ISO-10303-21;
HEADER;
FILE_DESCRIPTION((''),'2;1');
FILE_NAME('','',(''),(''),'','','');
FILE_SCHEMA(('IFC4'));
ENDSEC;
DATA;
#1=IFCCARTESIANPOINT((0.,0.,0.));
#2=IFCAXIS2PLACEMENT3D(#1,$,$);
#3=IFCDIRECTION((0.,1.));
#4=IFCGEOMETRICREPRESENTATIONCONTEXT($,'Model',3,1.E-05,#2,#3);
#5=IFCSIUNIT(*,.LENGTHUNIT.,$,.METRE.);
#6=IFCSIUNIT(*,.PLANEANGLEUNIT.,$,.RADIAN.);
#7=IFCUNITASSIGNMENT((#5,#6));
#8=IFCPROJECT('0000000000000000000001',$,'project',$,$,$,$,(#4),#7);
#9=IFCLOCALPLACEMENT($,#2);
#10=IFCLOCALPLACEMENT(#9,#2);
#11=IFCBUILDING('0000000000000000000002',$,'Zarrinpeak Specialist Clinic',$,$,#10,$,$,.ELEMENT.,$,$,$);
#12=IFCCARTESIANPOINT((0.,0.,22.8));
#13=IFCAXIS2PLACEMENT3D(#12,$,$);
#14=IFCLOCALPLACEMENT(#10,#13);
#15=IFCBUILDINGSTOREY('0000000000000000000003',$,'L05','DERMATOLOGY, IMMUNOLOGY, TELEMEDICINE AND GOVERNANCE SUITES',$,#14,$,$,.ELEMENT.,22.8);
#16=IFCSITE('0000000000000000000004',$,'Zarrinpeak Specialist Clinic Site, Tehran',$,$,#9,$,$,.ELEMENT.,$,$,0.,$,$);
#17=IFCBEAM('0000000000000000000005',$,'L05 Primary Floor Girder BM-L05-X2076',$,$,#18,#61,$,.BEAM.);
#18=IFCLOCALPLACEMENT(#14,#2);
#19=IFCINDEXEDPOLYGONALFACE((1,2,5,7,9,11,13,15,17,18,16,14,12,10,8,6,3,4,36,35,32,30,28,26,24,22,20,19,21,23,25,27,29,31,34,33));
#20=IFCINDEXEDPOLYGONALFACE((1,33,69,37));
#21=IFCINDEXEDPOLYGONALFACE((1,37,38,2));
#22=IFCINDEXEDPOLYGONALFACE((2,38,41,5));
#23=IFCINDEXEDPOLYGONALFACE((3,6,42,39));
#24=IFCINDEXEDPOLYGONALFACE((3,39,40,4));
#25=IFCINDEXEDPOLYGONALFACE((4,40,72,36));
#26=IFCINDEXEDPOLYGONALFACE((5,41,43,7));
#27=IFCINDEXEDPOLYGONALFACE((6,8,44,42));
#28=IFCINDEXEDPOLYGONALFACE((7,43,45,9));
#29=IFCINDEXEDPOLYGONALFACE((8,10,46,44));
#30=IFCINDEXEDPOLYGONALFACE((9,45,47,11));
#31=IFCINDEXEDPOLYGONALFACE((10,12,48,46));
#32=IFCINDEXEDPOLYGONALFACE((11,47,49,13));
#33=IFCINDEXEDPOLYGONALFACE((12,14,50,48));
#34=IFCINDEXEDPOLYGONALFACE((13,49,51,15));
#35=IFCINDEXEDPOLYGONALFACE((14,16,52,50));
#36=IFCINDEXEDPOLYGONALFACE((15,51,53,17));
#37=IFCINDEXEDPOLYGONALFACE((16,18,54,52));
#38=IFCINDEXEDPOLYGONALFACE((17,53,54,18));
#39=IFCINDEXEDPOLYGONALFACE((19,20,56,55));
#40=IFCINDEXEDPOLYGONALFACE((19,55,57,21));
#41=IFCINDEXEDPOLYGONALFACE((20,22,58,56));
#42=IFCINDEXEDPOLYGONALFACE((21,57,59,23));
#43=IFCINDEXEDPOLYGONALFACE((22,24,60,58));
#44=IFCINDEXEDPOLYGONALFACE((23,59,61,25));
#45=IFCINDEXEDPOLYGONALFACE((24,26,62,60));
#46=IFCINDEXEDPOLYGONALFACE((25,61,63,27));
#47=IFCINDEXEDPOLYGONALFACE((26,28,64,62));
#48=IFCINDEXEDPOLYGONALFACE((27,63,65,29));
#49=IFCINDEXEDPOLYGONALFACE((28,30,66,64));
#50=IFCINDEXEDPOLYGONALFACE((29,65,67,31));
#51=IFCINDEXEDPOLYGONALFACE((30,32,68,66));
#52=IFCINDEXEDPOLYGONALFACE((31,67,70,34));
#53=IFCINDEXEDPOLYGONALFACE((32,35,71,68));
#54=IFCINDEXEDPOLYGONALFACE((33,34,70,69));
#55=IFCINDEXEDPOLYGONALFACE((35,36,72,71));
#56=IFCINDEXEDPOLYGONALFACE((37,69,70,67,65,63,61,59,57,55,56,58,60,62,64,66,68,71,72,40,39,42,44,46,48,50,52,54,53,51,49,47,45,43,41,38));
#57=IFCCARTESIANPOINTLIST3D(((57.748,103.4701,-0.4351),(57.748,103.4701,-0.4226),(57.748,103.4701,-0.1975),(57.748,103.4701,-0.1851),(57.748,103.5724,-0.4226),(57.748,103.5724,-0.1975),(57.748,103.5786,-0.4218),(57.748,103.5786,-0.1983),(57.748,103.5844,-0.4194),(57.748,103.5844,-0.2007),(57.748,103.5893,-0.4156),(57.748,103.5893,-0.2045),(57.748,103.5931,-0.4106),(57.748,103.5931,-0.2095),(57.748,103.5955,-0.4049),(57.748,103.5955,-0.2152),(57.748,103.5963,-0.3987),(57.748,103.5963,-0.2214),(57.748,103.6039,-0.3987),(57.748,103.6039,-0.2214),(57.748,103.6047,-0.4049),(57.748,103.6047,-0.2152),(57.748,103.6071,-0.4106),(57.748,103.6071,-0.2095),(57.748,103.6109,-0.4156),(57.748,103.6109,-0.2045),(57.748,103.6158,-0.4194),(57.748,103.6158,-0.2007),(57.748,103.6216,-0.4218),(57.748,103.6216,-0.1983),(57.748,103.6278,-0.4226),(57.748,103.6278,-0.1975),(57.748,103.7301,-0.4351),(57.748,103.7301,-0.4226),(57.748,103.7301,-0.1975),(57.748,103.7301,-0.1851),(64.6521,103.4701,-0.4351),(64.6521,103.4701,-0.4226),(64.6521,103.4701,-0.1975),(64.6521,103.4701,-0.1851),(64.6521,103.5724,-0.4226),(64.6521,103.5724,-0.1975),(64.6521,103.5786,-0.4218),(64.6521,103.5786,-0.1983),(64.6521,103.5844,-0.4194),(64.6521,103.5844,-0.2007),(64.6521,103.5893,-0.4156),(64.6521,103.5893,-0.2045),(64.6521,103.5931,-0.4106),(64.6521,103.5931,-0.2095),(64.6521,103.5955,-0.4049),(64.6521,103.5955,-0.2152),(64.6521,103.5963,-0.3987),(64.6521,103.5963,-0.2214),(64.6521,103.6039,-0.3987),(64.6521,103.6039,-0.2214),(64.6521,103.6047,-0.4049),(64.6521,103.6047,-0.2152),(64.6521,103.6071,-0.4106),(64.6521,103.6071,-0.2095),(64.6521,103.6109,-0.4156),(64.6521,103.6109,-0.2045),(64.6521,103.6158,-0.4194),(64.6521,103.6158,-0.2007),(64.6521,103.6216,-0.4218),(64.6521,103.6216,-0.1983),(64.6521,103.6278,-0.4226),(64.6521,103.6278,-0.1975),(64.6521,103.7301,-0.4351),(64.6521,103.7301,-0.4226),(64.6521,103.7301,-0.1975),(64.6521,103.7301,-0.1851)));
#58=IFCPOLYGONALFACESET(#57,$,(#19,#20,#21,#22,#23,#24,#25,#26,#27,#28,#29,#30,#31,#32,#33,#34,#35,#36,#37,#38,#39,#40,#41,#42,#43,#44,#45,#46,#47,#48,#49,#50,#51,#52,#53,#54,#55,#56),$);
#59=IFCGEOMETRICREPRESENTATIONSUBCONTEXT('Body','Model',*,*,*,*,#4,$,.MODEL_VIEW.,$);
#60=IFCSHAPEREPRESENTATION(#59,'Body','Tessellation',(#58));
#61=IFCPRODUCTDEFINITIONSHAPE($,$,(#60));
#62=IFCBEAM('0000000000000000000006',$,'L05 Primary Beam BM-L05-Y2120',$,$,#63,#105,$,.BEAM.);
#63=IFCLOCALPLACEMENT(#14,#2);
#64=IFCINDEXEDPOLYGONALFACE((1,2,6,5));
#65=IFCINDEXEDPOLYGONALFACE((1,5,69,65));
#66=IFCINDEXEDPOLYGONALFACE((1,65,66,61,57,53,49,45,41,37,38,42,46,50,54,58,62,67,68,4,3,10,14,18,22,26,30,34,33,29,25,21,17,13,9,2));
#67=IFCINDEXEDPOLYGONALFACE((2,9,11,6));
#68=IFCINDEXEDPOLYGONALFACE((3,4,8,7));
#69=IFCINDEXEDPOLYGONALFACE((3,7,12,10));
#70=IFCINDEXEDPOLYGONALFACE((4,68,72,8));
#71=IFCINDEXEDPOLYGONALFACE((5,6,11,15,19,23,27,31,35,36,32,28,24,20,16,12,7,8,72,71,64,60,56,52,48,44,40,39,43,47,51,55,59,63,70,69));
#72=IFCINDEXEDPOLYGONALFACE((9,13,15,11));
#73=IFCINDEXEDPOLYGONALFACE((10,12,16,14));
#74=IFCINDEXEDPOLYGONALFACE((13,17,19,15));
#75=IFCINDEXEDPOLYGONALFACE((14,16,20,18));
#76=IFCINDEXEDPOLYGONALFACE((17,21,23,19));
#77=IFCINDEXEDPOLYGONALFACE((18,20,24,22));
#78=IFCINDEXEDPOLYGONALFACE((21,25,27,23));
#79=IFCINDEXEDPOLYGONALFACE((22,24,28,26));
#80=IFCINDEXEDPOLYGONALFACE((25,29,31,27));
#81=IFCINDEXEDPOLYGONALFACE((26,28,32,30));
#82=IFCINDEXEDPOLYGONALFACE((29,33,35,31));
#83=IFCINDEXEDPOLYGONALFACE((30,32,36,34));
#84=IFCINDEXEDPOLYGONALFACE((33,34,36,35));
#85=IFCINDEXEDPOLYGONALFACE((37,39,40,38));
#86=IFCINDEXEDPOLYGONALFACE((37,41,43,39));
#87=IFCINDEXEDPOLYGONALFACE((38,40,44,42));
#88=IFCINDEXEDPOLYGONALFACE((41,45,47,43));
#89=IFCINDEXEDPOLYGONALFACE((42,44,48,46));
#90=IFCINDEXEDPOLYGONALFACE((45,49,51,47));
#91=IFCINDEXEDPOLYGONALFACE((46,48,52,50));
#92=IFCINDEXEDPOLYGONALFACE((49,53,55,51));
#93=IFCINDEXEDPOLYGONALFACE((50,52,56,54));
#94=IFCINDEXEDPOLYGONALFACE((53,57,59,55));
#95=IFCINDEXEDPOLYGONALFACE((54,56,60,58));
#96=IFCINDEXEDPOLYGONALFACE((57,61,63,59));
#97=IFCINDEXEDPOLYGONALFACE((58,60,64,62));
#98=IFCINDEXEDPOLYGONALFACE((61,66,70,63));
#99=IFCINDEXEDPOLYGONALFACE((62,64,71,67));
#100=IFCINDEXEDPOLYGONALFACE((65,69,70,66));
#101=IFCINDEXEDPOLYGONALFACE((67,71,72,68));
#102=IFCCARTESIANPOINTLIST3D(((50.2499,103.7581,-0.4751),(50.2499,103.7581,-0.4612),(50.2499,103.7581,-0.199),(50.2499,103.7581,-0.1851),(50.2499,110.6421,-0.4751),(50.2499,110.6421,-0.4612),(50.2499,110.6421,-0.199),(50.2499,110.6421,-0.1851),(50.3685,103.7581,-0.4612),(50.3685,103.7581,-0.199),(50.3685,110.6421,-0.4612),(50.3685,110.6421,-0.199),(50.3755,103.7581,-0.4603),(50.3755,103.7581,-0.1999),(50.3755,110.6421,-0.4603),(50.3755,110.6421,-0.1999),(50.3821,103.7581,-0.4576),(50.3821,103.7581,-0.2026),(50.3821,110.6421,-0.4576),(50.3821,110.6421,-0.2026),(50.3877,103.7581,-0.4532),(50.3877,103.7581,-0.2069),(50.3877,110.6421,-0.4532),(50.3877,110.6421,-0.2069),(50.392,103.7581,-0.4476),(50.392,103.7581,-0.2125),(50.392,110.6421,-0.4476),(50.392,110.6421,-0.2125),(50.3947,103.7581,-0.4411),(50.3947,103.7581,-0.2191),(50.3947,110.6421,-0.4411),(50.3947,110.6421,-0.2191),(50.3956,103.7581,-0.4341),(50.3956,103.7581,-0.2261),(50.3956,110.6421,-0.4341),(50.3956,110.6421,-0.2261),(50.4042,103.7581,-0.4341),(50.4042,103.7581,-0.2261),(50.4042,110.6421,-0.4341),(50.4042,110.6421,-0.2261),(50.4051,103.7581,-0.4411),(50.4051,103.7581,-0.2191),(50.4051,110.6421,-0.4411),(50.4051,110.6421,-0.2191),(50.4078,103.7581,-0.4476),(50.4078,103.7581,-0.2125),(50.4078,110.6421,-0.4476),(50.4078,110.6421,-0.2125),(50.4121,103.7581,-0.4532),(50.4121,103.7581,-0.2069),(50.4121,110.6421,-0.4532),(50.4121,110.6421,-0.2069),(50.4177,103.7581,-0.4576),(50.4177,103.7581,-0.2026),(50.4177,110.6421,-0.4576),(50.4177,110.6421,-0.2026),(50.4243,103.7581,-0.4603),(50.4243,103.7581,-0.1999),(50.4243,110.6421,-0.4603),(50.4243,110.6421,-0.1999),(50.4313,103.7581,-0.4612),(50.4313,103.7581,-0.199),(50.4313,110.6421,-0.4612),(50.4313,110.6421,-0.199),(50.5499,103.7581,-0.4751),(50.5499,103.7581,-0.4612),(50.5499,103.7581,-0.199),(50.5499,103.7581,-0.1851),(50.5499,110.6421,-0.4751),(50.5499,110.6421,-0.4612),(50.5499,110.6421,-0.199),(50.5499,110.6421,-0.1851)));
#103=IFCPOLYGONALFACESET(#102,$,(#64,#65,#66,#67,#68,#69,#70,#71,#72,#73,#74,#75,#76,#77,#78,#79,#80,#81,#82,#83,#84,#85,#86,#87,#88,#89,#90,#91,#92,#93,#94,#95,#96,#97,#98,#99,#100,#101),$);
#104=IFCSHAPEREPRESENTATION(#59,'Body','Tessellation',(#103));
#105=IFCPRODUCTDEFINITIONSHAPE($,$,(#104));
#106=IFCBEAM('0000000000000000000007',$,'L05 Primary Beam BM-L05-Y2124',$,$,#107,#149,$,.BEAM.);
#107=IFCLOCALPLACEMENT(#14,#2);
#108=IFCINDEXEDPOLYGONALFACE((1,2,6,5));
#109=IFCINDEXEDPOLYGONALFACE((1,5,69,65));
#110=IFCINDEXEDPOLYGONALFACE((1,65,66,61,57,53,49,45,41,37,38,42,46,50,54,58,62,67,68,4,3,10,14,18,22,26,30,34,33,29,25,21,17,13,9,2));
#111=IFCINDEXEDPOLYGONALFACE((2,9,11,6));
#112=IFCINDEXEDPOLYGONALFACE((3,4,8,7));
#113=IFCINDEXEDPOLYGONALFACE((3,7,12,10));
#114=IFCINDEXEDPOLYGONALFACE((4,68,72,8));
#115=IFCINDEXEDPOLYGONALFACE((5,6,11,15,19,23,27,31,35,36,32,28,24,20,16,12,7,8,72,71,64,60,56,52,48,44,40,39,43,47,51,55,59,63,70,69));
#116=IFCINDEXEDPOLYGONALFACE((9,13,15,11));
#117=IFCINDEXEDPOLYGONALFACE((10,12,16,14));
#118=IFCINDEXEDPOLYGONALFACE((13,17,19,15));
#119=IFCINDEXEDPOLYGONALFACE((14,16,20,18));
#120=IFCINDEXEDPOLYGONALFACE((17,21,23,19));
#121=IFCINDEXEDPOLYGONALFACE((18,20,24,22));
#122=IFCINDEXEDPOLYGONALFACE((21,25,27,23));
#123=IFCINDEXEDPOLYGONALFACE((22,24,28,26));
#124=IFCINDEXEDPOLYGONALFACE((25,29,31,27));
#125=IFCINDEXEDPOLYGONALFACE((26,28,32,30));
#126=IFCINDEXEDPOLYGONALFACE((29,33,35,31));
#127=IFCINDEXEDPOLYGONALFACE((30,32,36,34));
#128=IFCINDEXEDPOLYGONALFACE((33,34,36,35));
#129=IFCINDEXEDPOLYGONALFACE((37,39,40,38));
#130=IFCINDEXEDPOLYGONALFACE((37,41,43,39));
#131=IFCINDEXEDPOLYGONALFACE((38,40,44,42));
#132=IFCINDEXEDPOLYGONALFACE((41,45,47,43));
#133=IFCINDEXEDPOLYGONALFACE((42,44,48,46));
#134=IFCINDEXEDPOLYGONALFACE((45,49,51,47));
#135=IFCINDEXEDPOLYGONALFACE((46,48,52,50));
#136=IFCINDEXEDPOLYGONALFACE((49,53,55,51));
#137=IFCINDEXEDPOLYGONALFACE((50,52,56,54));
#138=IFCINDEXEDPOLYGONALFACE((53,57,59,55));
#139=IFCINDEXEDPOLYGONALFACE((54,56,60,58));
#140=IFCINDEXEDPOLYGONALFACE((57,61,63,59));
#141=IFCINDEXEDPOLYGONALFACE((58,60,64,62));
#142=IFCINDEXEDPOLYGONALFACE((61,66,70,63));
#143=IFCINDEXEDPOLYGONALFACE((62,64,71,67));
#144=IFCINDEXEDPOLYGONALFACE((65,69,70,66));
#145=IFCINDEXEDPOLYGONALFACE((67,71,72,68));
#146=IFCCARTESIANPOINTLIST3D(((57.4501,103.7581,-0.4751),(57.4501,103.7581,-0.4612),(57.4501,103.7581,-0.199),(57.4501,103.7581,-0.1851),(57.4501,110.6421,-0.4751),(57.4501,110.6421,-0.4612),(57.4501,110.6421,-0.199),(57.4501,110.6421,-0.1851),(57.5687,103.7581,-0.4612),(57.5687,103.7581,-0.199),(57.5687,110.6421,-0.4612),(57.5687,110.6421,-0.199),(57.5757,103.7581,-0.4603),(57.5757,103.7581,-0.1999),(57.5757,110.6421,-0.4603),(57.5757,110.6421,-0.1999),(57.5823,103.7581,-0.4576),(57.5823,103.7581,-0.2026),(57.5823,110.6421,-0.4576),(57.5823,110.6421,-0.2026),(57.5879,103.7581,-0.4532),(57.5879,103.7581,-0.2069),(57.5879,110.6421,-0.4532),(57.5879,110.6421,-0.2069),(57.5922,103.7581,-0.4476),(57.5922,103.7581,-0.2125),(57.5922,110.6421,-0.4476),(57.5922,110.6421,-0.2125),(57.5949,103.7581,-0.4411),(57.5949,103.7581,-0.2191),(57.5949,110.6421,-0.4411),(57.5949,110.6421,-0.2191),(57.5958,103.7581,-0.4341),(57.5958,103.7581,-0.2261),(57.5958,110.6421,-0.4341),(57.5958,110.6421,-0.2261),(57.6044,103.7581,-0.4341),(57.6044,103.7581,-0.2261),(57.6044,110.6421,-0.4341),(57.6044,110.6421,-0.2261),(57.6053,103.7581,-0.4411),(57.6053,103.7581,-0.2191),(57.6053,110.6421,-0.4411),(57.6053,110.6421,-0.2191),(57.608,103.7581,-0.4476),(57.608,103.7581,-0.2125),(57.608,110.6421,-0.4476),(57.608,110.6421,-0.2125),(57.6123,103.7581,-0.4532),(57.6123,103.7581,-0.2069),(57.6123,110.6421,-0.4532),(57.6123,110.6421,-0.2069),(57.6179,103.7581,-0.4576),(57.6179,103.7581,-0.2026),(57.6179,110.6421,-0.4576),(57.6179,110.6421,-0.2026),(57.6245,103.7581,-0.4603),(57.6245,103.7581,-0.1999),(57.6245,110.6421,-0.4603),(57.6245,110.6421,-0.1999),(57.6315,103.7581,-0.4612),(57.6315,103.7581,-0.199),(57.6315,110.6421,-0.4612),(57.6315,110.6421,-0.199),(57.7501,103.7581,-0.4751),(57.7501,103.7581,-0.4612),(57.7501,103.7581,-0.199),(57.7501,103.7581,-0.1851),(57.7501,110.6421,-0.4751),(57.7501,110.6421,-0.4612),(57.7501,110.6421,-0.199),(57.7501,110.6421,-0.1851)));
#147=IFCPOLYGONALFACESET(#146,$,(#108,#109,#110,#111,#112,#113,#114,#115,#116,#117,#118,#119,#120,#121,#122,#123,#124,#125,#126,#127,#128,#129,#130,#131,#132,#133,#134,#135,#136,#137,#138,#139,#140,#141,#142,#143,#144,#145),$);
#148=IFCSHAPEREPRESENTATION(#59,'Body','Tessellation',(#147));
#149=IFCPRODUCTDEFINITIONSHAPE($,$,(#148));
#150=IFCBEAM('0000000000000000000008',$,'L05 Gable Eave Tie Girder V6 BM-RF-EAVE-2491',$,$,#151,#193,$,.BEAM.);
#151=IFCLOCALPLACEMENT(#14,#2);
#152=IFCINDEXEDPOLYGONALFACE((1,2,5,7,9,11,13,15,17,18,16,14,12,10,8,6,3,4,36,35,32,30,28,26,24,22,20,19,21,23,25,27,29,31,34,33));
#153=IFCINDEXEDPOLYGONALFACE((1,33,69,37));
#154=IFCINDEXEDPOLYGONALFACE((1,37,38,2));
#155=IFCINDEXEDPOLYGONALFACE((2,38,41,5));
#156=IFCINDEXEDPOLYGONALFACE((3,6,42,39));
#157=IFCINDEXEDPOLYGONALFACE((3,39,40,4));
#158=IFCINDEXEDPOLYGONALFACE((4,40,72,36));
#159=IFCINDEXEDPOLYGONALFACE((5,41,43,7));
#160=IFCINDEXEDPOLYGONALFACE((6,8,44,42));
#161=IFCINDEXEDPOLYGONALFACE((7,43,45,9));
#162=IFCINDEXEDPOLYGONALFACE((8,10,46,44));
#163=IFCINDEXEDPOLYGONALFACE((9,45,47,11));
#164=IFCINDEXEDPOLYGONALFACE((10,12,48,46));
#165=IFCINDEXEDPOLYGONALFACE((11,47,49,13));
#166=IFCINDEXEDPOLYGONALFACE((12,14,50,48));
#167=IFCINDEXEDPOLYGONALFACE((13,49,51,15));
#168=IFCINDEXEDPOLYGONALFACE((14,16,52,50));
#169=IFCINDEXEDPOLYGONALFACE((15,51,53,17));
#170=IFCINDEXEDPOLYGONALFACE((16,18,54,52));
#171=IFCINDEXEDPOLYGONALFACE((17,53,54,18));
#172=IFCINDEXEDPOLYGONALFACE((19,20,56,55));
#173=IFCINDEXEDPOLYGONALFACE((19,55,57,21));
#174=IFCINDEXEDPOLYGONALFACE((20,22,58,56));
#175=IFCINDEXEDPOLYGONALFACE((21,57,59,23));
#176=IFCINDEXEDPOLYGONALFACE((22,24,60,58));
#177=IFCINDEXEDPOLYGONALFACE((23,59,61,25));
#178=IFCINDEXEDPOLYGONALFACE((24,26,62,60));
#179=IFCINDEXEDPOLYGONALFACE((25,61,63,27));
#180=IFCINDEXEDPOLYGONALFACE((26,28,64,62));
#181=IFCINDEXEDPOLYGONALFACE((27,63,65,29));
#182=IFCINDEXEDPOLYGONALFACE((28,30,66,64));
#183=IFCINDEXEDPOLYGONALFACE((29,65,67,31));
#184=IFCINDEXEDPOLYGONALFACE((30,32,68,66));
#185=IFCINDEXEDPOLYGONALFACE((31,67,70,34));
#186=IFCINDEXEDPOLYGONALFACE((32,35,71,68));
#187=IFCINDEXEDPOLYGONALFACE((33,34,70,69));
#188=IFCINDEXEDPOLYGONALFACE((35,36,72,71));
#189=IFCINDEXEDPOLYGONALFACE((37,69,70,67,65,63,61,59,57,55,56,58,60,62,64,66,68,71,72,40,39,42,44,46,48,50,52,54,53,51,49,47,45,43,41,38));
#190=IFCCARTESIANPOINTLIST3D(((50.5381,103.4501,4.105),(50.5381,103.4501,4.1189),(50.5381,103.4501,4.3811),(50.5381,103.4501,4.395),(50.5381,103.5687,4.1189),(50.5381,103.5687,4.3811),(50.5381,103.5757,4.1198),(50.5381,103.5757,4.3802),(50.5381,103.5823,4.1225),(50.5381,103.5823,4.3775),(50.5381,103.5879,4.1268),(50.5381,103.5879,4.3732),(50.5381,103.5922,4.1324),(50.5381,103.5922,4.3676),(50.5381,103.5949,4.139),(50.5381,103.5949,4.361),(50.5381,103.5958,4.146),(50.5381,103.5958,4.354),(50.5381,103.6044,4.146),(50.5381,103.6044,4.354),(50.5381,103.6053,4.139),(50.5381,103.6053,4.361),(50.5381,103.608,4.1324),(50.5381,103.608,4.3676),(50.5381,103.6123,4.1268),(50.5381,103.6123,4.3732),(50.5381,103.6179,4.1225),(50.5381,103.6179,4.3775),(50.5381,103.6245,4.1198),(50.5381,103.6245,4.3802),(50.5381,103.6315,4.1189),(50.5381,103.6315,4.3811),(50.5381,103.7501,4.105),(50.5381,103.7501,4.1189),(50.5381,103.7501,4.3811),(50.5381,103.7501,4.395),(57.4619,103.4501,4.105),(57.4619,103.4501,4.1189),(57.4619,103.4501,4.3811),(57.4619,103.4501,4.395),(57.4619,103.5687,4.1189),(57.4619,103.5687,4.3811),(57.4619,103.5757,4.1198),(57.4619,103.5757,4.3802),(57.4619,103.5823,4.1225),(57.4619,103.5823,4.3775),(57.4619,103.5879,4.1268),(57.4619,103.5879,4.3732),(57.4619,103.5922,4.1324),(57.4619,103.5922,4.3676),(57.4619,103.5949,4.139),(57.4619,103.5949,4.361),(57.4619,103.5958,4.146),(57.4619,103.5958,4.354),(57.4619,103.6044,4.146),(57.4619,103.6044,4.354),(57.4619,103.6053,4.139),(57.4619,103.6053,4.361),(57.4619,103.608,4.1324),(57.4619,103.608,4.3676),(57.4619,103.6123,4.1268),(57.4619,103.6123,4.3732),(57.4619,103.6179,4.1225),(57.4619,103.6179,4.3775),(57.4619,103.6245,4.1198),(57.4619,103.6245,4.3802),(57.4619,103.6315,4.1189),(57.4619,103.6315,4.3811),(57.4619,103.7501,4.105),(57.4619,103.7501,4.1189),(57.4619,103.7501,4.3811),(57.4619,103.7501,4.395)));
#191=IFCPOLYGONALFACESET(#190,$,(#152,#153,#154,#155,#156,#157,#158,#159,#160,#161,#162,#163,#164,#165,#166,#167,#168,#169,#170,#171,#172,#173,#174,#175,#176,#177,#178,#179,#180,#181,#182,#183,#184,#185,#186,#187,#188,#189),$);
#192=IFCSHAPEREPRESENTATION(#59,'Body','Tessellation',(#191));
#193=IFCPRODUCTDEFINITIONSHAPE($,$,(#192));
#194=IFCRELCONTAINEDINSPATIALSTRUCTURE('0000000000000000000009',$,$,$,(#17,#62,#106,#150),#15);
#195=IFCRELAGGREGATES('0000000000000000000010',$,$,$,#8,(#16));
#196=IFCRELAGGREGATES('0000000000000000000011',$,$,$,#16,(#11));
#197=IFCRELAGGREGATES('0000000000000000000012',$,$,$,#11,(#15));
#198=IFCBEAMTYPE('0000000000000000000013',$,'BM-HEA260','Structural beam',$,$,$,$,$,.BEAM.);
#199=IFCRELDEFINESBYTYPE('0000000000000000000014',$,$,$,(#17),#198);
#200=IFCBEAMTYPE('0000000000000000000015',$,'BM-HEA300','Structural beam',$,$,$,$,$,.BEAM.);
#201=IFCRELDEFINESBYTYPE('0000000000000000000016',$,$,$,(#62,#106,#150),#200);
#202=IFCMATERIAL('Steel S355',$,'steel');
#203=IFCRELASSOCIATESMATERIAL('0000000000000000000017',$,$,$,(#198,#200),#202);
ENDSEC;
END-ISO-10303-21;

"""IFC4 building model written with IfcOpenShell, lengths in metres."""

from ifc_helpers import new_model, si_unit, direction, frame, origin, origin_2d, place, context, subcontext, project, spatial, i_section, extrude, material, material_profile, profile_set, type_object, element, save


model = new_model("IFC4")

# Units and contexts
model_context = context("Model", 3, precision=1e-05, world=origin(), true_north=direction((0.0, 1.0)))
body_context = subcontext(model_context, "Body", "Model", "MODEL_VIEW")
ifc_project = project(units=[si_unit("LENGTHUNIT", "METRE"), si_unit("PLANEANGLEUNIT", "RADIAN")], contexts=[model_context])

# Site, building, storey
site_placement = place(None, origin())
site = spatial("IfcSite", under=ifc_project, at=site_placement, Name="Zarrinpeak Specialist Clinic Site, Tehran", CompositionType="ELEMENT", RefElevation=0.0)
building_placement = place(site_placement, origin())
building = spatial("IfcBuilding", under=site, at=building_placement, Name="Zarrinpeak Specialist Clinic", CompositionType="ELEMENT")
storey_placement = place(building_placement, frame((0.0, 0.0, 22.8)))
storey = spatial("IfcBuildingStorey", under=building, at=storey_placement, Name="L05", Description="DERMATOLOGY, IMMUNOLOGY, TELEMEDICINE AND GOVERNANCE SUITES", CompositionType="ELEMENT", Elevation=22.8)

# Shared definitions
ifc_material_1 = material(Name="Steel S355", Category="steel")

# Beams
ifc_material_profile_1 = material_profile(ifc_material_1, i_section(OverallWidth=0.26, OverallDepth=0.25, WebThickness=0.0076, FlangeThickness=0.0125, FilletRadius=0.0239, at=origin_2d()), Name="HEA 260")
ifc_profile_set_1 = profile_set([ifc_material_profile_1], Name="Steel S355")
beam_type_1 = type_object("IfcBeamType", Name="BM-HEA260", Description="Structural beam", PredefinedType="BEAM", material=ifc_profile_set_1)
beam_1_placement = place(storey_placement, frame((57.748, 103.6001, -0.3101), z_axis=(1.0, 0.0, 0.0), x_axis=(0.0, 1.0, 0.0)))
element("IfcBeam", 1, at=beam_1_placement, inside=storey, type_object=beam_type_1, Name="L05 Primary Floor Girder BM-L05-X2076", PredefinedType="BEAM", context=body_context, shape_type="SweptSolid", body=[
    extrude(i_section(OverallWidth=0.26, OverallDepth=0.25, WebThickness=0.0076, FlangeThickness=0.0125, FilletRadius=0.0239, at=origin_2d()), origin(), (0.0, 0.0, 1.0), 6.9041),
])
ifc_material_profile_2 = material_profile(ifc_material_1, i_section(OverallWidth=0.3, OverallDepth=0.29, WebThickness=0.0085, FlangeThickness=0.0139, FilletRadius=0.0271, at=origin_2d()), Name="HEA 300")
ifc_profile_set_2 = profile_set([ifc_material_profile_2], Name="Steel S355")
beam_type_2 = type_object("IfcBeamType", Name="BM-HEA300", Description="Structural beam", PredefinedType="BEAM", material=ifc_profile_set_2)
for number, where, z_axis, x_axis, name in (
    (2, (50.3999, 103.7581, -0.3301), (0.0, 1.0, 0.0), (-1.0, 0.0, 0.0), "L05 Primary Beam BM-L05-Y2120"),
    (3, (57.6001, 103.7581, -0.3301), (0.0, 1.0, 0.0), (-1.0, 0.0, 0.0), "L05 Primary Beam BM-L05-Y2124"),
):
    element("IfcBeam", number, at=place(storey_placement, frame(where, z_axis=z_axis, x_axis=x_axis)), inside=storey, type_object=beam_type_2, Name=name, PredefinedType="BEAM", context=body_context, shape_type="SweptSolid", body=[
        extrude(i_section(OverallWidth=0.3, OverallDepth=0.29, WebThickness=0.0085, FlangeThickness=0.0139, FilletRadius=0.0271, at=origin_2d()), origin(), (0.0, 0.0, 1.0), 6.884),
    ])
beam_2_placement = place(storey_placement, frame((50.5381, 103.6001, 4.25), z_axis=(1.0, 0.0, 0.0), x_axis=(0.0, 1.0, 0.0)))
element("IfcBeam", 4, at=beam_2_placement, inside=storey, type_object=beam_type_2, Name="L05 Gable Eave Tie Girder V6 BM-RF-EAVE-2491", PredefinedType="BEAM", context=body_context, shape_type="SweptSolid", body=[
    extrude(i_section(OverallWidth=0.3, OverallDepth=0.29, WebThickness=0.0085, FlangeThickness=0.0139, FilletRadius=0.0271, at=origin_2d()), origin(), (0.0, 0.0, 1.0), 6.9238),
])

save(model, "model.ifc")
